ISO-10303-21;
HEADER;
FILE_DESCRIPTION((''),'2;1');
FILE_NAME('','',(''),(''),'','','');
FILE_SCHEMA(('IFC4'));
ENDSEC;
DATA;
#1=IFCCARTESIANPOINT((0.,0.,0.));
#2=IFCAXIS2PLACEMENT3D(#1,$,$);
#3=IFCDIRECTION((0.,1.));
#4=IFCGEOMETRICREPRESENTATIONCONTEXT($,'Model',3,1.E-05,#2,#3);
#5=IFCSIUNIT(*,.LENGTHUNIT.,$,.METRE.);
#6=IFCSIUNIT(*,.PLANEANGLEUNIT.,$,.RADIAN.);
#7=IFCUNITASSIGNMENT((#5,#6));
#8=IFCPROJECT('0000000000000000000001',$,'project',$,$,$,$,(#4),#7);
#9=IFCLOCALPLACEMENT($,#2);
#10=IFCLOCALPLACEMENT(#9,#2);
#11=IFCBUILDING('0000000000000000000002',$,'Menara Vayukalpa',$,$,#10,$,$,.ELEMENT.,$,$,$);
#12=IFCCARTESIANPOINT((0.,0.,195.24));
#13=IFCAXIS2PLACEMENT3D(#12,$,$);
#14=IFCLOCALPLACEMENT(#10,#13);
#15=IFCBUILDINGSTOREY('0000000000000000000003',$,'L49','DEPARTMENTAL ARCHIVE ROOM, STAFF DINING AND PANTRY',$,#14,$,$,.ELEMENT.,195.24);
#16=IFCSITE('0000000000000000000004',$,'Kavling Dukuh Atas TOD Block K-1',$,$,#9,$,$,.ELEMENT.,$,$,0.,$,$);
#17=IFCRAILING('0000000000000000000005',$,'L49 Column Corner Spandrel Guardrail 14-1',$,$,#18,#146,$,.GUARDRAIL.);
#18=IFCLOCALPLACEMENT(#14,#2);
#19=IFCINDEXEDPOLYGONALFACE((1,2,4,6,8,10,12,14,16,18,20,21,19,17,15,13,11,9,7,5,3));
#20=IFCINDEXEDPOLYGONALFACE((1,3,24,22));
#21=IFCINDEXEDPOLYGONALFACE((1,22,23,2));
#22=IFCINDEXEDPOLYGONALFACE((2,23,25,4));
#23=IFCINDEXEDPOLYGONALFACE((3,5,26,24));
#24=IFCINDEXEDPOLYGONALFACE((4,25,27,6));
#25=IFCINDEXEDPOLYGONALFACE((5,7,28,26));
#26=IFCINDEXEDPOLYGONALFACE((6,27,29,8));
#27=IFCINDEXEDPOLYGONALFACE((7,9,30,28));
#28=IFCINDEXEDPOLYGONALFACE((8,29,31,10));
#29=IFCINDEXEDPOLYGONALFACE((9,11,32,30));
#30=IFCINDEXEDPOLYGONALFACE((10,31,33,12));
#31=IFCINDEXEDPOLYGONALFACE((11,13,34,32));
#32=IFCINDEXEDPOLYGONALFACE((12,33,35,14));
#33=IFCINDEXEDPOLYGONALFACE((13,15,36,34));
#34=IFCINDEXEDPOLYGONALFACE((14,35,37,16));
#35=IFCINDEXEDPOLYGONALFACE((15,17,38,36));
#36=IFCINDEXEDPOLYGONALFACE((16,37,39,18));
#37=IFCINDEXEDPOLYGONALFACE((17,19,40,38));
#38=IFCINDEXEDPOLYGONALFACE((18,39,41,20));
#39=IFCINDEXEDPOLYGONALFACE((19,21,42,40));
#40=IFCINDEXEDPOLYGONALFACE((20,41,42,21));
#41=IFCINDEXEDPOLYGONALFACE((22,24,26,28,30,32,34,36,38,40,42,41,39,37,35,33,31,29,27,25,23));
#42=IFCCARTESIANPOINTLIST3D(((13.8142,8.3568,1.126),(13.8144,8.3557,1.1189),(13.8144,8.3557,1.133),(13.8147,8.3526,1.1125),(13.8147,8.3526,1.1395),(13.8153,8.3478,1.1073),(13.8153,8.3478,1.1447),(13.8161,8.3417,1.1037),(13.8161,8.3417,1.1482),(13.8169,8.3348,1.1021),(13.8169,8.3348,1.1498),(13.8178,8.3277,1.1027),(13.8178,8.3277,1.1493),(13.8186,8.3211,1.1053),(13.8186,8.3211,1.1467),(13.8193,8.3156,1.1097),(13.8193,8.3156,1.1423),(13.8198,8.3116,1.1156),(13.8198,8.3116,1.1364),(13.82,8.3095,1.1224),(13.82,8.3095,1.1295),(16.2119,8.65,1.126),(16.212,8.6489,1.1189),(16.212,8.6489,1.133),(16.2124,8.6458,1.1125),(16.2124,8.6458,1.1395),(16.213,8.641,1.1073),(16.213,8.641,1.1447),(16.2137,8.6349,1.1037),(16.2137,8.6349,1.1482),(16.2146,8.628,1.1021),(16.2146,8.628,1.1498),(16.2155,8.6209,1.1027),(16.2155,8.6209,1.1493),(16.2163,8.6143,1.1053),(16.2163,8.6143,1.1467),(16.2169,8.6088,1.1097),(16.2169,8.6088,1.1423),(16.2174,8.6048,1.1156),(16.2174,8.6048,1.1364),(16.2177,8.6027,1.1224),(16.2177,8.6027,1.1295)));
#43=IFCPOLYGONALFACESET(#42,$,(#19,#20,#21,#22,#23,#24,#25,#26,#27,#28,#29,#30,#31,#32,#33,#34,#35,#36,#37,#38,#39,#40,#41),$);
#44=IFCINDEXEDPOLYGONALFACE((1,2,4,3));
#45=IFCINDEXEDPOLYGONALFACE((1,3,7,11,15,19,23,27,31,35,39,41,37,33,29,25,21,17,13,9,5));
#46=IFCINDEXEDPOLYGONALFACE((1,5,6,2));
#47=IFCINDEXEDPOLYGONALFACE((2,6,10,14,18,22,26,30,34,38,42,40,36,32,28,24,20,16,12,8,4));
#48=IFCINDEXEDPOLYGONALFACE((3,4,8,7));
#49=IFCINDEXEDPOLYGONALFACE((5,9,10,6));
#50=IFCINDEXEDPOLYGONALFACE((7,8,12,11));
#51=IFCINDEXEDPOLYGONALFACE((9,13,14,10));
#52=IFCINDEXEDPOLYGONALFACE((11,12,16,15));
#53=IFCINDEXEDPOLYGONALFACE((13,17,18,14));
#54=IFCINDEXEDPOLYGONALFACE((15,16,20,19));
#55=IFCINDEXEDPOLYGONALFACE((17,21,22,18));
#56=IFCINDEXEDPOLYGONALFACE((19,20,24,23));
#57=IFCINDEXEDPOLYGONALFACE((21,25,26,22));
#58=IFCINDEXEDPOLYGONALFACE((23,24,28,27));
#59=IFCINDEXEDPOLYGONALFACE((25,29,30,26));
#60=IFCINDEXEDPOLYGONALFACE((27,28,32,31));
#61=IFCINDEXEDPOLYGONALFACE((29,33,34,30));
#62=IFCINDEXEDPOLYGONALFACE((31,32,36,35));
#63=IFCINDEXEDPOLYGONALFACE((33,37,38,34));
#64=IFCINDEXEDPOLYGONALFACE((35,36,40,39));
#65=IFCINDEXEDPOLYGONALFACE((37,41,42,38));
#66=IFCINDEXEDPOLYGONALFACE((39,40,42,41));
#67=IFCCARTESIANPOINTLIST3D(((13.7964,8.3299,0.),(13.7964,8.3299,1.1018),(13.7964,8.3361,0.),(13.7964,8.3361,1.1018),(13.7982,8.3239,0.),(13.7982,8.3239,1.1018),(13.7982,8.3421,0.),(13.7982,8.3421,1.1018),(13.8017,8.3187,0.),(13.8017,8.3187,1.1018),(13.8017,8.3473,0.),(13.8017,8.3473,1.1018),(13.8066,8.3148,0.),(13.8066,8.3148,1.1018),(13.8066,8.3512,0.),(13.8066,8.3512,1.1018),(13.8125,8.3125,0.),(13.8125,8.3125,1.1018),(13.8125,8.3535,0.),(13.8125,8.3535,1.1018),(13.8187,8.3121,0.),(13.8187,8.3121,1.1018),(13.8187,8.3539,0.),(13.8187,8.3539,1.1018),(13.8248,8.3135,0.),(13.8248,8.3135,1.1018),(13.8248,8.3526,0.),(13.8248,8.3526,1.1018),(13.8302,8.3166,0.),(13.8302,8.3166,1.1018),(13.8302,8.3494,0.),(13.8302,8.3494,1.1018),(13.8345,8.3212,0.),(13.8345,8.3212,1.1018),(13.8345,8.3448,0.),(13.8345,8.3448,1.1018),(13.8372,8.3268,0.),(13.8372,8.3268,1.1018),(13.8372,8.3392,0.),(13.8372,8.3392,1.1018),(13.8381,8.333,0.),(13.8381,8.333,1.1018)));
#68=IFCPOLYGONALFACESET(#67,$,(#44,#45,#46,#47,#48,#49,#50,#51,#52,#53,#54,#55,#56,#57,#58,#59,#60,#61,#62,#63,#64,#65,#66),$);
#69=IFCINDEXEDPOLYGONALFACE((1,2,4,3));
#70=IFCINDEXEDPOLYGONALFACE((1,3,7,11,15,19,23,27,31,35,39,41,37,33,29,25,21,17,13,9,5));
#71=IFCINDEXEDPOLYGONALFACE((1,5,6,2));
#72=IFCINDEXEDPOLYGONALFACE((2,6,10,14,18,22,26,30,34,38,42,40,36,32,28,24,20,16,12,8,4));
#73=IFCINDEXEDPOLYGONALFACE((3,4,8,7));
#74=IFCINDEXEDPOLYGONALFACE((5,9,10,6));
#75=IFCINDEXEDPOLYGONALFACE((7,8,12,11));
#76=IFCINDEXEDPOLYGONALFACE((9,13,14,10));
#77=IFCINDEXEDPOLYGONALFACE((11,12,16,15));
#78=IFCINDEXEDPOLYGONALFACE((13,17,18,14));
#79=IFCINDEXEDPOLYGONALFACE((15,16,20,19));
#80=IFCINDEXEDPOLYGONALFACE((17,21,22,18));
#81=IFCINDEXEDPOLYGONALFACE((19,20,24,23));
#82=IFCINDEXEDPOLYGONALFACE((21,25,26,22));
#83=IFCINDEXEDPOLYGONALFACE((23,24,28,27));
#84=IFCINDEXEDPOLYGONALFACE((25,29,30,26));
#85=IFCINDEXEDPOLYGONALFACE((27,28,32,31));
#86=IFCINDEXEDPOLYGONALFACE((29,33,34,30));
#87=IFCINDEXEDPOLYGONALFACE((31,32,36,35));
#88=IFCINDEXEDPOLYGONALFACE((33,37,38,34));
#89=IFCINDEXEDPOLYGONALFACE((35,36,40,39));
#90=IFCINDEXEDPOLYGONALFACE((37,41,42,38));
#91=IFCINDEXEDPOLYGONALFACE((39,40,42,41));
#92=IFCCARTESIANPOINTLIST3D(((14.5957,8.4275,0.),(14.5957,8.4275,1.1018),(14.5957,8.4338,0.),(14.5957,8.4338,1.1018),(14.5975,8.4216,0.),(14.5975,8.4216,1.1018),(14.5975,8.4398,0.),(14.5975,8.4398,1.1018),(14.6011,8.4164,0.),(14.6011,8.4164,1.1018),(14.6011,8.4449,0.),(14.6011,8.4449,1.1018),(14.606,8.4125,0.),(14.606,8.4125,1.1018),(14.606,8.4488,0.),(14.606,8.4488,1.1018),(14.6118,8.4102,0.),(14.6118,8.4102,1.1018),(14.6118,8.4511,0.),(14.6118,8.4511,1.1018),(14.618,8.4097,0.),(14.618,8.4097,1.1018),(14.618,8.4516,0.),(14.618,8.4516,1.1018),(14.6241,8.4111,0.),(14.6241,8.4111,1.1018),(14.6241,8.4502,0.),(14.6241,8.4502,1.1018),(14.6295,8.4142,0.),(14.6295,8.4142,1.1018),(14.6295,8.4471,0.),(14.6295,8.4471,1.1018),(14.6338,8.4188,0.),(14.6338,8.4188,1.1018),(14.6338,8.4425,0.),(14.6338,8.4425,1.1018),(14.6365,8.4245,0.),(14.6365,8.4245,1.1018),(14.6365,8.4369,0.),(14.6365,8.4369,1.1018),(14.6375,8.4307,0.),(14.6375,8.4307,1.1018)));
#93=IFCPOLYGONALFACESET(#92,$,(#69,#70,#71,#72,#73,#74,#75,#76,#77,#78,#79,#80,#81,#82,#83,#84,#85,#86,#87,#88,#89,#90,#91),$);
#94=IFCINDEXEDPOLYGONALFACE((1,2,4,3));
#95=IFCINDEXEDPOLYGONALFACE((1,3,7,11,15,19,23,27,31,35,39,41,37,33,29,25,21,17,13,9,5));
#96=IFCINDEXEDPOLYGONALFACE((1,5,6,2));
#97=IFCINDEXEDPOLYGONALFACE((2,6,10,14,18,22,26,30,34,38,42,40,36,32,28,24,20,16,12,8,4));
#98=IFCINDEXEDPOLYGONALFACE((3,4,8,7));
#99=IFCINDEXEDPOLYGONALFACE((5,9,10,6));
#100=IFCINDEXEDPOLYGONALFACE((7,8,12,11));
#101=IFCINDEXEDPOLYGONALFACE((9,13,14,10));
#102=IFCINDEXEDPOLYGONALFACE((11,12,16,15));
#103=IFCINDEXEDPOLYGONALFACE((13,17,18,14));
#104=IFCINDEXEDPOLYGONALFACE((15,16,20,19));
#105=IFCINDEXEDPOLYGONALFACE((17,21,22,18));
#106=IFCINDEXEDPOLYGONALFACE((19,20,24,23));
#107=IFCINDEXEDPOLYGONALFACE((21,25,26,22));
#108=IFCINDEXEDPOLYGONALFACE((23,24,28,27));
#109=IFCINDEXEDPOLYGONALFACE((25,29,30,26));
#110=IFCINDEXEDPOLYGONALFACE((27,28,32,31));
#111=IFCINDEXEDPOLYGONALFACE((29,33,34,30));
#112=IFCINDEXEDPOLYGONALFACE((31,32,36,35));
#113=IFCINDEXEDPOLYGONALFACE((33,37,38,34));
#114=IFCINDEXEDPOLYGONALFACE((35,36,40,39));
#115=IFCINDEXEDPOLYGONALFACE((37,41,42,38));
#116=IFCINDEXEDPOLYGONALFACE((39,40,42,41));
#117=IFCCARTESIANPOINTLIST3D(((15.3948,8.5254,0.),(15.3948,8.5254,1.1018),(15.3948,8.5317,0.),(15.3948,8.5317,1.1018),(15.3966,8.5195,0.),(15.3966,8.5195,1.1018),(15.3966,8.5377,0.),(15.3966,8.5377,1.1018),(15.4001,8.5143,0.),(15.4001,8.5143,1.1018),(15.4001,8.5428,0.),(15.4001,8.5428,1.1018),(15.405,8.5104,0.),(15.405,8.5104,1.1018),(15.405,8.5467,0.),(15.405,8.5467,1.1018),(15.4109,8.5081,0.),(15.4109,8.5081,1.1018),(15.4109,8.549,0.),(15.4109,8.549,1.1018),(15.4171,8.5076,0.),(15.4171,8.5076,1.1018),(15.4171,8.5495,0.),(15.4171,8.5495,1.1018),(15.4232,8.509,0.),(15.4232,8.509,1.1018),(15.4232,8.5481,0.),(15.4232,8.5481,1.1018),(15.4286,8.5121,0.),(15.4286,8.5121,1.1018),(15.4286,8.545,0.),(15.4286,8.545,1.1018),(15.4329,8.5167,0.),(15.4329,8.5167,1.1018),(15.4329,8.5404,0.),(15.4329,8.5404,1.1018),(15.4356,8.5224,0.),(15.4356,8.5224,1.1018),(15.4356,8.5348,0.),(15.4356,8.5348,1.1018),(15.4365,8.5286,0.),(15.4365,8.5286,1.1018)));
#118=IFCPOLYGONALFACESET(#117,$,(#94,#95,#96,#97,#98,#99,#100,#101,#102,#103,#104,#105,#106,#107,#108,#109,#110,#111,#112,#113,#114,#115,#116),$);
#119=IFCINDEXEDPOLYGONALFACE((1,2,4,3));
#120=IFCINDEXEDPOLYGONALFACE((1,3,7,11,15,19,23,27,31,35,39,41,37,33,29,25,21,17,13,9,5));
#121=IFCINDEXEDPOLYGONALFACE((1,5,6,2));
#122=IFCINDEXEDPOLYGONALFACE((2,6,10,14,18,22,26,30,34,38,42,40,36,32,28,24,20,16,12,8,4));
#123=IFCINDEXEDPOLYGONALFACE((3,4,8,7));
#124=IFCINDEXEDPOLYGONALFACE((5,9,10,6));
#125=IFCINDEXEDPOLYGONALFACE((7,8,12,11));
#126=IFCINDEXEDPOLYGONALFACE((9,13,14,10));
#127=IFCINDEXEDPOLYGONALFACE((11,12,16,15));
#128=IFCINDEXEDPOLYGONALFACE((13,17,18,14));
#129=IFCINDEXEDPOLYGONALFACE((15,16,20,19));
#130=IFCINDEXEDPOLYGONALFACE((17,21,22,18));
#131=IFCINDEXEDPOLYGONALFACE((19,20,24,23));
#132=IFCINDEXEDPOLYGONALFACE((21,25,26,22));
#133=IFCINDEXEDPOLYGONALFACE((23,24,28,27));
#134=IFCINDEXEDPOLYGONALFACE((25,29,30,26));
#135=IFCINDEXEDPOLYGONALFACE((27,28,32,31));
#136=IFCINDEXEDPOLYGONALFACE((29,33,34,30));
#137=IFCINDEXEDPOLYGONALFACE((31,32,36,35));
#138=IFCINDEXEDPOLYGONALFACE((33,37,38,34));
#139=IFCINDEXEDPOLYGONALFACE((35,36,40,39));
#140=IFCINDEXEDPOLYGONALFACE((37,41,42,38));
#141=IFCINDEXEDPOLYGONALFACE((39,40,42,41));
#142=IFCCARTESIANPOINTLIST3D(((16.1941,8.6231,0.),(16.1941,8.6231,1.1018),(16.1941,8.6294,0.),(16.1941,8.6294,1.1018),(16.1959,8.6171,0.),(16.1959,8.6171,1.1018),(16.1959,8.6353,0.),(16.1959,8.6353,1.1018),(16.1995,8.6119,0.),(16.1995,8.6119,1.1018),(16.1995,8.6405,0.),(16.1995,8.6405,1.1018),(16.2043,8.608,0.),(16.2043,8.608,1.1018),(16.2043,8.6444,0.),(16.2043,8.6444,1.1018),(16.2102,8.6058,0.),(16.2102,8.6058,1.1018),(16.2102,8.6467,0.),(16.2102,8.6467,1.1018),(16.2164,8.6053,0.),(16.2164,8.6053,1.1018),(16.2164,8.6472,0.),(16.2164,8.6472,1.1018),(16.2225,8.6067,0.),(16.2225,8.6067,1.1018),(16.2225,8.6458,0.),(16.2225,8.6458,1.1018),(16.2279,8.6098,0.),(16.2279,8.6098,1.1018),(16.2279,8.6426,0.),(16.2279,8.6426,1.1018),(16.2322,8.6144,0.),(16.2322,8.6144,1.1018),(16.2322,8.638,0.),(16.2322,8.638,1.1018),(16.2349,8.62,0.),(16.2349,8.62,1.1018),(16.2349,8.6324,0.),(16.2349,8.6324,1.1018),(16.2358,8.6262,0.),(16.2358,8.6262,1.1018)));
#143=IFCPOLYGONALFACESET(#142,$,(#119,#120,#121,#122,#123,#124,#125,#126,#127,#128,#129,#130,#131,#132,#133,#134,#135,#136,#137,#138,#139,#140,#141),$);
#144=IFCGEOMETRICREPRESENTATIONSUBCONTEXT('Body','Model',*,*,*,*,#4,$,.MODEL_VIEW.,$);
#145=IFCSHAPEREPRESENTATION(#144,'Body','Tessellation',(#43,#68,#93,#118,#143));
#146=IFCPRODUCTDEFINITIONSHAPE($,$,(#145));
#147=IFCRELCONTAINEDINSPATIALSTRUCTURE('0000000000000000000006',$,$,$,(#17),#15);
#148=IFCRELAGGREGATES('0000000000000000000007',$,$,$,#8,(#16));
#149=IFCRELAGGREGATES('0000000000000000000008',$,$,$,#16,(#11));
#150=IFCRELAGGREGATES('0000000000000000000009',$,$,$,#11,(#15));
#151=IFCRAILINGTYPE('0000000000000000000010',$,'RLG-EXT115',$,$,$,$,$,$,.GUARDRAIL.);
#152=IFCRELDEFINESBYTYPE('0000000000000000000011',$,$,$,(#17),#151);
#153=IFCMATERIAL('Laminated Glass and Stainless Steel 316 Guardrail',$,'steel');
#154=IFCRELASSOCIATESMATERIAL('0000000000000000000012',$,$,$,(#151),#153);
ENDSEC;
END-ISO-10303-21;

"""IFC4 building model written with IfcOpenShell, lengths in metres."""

from ifc_helpers import new_model, si_unit, direction, frame, origin, origin_2d, place, context, subcontext, project, spatial, circle, extrude, material, type_object, element, save


model = new_model("IFC4")

# Units and contexts
model_context = context("Model", 3, precision=1e-05, world=origin(), true_north=direction((0.0, 1.0)))
body_context = subcontext(model_context, "Body", "Model", "MODEL_VIEW")
ifc_project = project(units=[si_unit("LENGTHUNIT", "METRE"), si_unit("PLANEANGLEUNIT", "RADIAN")], contexts=[model_context])

# Site, building, storey
site_placement = place(None, origin())
site = spatial("IfcSite", under=ifc_project, at=site_placement, Name="Kavling Dukuh Atas TOD Block K-1", CompositionType="ELEMENT", RefElevation=0.0)
building_placement = place(site_placement, origin())
building = spatial("IfcBuilding", under=site, at=building_placement, Name="Menara Vayukalpa", CompositionType="ELEMENT")
storey_placement = place(building_placement, frame((0.0, 0.0, 195.24)))
storey = spatial("IfcBuildingStorey", under=building, at=storey_placement, Name="L49", Description="DEPARTMENTAL ARCHIVE ROOM, STAFF DINING AND PANTRY", CompositionType="ELEMENT", Elevation=195.24)

# Railing
ifc_material_1 = material(Name="Laminated Glass and Stainless Steel 316 Guardrail", Category="steel")
railing_type = type_object("IfcRailingType", Name="RLG-EXT115", PredefinedType="GUARDRAIL", material=ifc_material_1)
railing_placement = place(storey_placement, frame((13.8171, 8.333, 0.0)))
element("IfcRailing", 1, at=railing_placement, inside=storey, type_object=railing_type, Name="L49 Column Corner Spandrel Guardrail 14-1", PredefinedType="GUARDRAIL", context=body_context, shape_type="SweptSolid", body=[
    extrude(circle(Radius=0.0239, at=origin_2d()), frame((0.0, 0.0, 1.126), z_axis=(0.992606, 0.121385, 0.0), x_axis=(-0.121385, 0.992606, 0.0)), (0.0, 0.0, 1.0), 2.4155),
    extrude(circle(Radius=0.021, at=origin_2d()), origin(), (0.0, 0.0, 1.0), 1.1018),
    extrude(circle(Radius=0.021, at=origin_2d()), frame((0.7993, 0.0977, 0.0)), (0.0, 0.0, 1.0), 1.1018),
    extrude(circle(Radius=0.021, at=origin_2d()), frame((1.5984, 0.1956, 0.0)), (0.0, 0.0, 1.0), 1.1018),
    extrude(circle(Radius=0.021, at=origin_2d()), frame((2.3977, 0.2932, 0.0)), (0.0, 0.0, 1.0), 1.1018),
])

save(model, "model.ifc")
